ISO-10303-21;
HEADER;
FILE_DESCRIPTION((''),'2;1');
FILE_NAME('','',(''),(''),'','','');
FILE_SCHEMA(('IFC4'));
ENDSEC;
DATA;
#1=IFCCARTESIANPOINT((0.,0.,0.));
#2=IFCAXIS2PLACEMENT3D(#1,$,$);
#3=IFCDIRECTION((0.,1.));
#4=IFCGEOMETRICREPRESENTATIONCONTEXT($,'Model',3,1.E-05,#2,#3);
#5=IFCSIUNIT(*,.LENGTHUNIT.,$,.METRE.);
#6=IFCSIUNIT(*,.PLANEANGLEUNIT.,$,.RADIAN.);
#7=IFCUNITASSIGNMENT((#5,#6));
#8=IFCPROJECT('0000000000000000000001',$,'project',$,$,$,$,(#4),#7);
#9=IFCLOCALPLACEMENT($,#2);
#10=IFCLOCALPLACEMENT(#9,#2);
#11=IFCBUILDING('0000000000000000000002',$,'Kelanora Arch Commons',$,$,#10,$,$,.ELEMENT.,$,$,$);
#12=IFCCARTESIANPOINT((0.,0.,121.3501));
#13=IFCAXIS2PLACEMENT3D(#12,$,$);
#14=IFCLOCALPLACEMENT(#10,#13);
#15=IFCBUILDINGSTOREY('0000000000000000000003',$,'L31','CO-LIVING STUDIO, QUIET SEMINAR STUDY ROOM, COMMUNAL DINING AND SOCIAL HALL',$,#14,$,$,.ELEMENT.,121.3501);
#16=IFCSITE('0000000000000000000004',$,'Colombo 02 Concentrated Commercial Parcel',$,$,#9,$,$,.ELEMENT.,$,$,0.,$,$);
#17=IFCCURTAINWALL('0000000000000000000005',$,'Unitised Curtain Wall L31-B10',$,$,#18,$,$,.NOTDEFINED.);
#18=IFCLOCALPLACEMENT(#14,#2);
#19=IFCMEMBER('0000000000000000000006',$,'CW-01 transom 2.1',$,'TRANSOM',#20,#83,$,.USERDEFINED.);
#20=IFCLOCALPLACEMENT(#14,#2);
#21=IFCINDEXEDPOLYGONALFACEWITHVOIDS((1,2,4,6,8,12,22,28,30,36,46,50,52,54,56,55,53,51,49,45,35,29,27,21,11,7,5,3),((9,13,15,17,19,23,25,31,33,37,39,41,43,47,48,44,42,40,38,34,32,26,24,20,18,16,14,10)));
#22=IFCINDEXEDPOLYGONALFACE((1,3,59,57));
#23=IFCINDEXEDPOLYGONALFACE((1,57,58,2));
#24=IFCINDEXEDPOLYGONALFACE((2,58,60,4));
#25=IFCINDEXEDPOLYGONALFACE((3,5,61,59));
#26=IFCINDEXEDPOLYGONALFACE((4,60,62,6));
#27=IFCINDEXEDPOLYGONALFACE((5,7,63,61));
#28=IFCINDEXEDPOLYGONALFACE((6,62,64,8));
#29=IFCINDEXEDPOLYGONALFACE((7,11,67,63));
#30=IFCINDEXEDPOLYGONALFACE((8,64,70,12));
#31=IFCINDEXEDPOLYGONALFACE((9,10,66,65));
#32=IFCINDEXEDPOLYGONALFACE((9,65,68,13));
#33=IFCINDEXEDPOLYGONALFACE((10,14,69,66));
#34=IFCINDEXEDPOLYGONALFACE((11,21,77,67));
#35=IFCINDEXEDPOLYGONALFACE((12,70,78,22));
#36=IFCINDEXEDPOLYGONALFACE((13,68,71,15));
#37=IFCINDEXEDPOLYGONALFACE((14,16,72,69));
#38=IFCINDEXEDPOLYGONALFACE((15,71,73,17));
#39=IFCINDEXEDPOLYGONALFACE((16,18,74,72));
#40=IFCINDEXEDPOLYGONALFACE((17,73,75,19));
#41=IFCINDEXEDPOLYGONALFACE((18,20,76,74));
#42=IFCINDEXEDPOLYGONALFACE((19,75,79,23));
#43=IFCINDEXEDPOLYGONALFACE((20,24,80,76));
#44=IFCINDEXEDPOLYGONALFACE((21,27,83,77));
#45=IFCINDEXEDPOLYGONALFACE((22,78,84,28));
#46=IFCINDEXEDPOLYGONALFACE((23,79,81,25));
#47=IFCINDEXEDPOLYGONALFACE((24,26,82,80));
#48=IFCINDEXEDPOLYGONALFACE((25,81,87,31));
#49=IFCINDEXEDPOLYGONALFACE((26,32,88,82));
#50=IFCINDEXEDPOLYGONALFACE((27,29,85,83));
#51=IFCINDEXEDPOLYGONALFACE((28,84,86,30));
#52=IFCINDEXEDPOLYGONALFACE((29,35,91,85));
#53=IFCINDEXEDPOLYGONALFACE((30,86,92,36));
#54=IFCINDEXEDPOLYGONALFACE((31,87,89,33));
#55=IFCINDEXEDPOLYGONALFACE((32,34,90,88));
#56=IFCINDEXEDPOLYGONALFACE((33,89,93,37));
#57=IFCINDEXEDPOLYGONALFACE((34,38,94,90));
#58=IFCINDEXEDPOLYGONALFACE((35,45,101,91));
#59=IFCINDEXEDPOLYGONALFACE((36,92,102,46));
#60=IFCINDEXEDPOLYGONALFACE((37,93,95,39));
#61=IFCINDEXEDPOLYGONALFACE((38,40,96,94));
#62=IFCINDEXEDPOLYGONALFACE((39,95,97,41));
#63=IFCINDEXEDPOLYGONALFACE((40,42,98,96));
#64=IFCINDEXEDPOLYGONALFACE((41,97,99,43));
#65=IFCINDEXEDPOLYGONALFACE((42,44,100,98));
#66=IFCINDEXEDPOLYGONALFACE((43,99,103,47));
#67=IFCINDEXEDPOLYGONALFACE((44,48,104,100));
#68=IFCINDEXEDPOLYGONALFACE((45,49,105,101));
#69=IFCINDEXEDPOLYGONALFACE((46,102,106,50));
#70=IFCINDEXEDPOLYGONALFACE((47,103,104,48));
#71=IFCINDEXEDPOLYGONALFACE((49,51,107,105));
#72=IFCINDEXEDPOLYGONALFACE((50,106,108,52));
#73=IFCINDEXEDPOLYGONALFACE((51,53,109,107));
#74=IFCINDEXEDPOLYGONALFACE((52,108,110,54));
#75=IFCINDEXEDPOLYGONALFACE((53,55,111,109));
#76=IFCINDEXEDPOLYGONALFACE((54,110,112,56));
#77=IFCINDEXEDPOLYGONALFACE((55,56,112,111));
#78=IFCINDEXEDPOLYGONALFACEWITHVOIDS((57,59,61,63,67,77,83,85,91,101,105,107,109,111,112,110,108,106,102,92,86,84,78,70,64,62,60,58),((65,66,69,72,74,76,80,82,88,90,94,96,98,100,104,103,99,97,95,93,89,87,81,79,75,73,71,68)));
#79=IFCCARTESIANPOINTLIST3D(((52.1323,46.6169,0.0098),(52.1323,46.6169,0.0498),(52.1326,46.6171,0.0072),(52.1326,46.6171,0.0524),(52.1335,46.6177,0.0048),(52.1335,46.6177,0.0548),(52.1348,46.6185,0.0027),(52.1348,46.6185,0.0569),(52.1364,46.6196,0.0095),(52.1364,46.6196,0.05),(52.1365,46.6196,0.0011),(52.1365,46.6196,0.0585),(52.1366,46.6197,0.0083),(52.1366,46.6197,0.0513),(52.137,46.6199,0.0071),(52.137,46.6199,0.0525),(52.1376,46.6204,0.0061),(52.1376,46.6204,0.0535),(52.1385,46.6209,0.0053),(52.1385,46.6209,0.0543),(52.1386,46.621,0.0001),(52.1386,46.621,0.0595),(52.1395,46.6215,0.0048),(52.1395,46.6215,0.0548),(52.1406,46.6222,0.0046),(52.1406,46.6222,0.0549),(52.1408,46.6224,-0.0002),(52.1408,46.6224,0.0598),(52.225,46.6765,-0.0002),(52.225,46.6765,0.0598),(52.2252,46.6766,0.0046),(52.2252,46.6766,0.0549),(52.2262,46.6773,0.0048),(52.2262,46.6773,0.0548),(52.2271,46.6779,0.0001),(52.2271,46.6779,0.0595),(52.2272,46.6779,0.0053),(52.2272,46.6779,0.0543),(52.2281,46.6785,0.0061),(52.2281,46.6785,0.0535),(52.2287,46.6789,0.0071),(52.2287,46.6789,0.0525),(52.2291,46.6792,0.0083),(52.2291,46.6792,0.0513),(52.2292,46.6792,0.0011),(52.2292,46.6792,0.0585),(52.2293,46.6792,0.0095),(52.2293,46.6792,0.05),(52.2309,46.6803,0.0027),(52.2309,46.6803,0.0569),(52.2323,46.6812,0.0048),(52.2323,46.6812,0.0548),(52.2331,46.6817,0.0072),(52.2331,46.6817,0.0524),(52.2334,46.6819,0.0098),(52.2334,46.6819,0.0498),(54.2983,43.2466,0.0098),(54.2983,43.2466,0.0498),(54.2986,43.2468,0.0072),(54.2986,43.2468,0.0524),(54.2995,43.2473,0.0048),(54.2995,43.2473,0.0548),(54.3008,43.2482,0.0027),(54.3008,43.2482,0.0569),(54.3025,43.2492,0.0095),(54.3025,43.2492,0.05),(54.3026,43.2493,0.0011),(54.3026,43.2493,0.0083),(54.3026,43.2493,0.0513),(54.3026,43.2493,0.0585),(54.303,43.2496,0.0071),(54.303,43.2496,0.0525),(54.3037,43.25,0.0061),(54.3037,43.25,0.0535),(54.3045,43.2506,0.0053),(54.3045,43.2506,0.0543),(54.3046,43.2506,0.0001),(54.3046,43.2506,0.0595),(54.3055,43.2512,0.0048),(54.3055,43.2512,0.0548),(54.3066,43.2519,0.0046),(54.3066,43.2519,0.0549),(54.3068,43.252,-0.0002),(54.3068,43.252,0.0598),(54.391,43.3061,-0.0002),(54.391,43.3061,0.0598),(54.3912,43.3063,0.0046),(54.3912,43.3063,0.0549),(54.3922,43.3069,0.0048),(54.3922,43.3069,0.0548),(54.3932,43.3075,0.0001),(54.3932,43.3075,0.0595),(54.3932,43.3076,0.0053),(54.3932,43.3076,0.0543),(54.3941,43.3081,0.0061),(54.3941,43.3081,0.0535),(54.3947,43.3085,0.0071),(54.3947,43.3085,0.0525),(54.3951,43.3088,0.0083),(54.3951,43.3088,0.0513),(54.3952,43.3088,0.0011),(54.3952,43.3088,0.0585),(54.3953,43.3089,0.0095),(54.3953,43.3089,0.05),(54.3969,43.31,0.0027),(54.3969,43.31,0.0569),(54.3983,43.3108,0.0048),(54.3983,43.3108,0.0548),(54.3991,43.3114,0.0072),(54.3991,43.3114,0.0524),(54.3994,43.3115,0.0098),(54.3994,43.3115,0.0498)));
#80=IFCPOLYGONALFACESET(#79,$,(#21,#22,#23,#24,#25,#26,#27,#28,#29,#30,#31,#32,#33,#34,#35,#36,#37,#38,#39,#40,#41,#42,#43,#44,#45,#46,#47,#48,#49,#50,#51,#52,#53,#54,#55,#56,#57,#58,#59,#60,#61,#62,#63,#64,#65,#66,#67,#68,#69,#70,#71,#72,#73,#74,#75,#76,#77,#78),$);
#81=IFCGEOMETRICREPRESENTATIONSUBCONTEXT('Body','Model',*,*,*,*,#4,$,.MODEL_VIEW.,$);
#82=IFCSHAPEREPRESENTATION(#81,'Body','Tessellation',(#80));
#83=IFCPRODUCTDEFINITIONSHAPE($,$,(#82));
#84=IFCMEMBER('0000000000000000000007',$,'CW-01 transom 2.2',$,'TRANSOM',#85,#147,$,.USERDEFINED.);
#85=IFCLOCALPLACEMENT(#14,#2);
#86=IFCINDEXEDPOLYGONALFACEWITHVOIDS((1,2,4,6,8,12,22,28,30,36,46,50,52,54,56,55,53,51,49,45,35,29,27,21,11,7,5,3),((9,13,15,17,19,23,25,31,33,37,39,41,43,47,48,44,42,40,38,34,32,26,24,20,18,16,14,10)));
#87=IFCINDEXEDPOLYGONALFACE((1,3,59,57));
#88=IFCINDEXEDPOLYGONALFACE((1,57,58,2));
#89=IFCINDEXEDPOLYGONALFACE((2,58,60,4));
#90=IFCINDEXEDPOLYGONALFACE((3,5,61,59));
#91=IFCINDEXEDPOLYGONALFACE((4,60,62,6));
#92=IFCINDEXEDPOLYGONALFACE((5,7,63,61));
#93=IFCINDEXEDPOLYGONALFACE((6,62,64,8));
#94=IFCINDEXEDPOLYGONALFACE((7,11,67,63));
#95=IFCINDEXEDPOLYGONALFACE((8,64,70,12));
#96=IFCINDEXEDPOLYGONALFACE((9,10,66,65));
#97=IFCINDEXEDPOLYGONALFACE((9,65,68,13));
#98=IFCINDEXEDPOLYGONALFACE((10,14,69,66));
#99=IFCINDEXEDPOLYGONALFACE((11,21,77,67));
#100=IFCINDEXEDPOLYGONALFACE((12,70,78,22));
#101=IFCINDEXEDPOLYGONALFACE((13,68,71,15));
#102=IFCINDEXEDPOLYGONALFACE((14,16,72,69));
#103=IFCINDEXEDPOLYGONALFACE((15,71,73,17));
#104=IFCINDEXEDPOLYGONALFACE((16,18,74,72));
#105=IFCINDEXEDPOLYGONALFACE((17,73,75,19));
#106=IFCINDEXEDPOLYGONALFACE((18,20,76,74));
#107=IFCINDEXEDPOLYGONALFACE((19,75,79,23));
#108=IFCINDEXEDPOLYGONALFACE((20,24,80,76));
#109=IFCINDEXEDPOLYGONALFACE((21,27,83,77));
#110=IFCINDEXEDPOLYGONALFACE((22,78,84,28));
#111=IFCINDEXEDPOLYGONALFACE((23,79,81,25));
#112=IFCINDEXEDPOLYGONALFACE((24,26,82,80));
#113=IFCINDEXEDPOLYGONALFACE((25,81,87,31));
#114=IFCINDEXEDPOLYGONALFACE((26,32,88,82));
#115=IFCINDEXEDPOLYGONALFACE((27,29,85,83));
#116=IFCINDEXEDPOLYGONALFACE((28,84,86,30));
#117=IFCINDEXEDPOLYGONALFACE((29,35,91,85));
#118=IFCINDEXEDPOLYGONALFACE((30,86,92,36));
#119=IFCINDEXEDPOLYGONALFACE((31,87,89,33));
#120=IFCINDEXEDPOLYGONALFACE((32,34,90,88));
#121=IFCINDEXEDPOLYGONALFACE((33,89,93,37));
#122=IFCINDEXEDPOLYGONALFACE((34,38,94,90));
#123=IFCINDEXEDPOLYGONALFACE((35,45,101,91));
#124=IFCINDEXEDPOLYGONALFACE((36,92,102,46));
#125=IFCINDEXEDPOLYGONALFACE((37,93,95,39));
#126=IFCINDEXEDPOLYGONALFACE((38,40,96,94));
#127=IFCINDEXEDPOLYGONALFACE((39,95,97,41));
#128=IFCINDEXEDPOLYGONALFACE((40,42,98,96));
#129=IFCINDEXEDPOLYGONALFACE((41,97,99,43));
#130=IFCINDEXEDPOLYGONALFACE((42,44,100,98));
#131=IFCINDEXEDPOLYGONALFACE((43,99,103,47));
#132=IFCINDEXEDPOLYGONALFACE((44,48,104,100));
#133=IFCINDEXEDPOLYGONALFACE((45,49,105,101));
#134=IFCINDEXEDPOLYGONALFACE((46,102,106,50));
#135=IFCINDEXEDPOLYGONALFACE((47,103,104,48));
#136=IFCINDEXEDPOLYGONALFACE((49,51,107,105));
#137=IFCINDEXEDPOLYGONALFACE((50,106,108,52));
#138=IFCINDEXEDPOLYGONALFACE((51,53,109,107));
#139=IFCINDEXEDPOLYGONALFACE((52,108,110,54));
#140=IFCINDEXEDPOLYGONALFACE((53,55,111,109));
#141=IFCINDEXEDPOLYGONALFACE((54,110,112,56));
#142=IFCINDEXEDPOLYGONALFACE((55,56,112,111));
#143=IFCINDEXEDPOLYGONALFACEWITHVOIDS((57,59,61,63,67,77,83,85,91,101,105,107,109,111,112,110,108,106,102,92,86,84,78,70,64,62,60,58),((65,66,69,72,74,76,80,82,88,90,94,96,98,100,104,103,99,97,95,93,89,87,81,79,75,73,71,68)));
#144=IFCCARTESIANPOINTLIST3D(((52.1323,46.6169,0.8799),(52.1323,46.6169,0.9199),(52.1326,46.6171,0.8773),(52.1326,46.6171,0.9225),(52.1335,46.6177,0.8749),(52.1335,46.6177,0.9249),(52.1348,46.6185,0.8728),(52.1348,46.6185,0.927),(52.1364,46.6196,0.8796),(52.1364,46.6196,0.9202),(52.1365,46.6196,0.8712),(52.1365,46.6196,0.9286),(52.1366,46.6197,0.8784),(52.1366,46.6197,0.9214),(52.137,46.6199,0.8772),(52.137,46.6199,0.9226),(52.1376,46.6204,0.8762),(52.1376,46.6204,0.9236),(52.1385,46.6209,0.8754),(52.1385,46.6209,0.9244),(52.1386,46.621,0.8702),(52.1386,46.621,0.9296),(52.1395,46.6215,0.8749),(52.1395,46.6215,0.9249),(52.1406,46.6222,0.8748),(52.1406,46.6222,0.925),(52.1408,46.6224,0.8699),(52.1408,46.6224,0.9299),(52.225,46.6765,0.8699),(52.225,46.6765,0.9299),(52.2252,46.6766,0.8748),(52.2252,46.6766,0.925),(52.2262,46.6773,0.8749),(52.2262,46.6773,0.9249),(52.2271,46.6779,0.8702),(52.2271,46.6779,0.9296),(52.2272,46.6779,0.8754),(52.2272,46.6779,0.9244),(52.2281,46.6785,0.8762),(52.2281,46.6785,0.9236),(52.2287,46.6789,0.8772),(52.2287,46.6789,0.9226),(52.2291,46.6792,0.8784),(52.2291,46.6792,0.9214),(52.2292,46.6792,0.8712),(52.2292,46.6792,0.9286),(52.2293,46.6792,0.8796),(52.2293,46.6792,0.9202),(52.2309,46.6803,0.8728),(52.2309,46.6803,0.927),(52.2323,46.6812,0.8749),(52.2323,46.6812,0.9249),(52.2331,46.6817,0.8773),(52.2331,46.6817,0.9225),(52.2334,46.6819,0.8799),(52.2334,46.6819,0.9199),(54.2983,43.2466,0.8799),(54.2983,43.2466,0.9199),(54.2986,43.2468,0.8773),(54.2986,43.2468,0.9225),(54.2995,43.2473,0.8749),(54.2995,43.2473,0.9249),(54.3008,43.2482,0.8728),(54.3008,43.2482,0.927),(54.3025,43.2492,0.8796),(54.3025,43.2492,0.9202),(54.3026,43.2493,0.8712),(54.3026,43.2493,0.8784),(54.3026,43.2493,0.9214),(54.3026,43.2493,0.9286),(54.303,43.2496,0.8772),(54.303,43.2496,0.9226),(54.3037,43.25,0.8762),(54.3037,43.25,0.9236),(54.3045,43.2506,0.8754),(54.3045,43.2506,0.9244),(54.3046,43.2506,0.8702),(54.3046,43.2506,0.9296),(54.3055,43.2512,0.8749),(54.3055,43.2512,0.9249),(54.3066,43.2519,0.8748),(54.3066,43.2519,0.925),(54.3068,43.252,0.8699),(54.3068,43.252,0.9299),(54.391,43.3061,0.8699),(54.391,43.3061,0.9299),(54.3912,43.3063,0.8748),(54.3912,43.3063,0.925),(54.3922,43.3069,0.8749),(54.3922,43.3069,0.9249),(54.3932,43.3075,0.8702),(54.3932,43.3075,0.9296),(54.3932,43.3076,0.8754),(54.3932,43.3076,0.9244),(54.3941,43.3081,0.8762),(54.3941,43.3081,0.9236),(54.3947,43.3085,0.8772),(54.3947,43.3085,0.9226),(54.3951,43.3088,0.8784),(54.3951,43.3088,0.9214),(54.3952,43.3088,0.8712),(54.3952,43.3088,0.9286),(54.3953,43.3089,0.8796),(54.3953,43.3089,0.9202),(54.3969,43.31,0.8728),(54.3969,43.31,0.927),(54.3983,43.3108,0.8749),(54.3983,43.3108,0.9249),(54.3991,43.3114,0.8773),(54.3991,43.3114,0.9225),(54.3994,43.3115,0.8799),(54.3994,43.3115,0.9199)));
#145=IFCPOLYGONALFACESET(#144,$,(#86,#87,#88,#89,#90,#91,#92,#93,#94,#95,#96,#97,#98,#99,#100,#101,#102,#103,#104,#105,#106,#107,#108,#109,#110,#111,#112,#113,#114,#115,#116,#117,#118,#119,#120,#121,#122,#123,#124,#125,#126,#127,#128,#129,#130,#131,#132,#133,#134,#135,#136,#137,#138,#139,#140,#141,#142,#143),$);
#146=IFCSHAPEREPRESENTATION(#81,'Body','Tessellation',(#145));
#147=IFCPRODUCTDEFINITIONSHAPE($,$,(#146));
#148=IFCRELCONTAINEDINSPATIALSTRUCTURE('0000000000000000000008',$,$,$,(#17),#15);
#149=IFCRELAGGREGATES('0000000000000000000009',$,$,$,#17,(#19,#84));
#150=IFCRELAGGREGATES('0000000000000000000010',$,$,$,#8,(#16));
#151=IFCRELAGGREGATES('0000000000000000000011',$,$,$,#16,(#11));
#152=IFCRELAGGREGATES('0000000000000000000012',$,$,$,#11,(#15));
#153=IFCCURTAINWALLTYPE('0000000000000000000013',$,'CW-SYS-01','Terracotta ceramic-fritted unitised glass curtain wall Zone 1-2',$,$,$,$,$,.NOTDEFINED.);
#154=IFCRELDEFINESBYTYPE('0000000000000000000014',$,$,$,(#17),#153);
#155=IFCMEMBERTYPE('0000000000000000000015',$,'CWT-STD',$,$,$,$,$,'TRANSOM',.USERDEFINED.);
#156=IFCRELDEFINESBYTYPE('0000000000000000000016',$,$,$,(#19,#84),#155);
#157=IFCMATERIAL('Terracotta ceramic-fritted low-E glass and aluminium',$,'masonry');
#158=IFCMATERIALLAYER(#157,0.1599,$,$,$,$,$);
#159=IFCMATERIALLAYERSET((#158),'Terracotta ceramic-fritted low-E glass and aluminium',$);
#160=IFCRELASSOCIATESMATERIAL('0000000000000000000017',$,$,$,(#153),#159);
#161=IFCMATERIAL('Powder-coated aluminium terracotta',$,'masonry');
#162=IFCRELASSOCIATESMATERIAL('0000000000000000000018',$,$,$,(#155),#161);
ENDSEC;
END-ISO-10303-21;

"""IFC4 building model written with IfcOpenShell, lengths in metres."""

from ifc_helpers import new_model, si_unit, direction, frame, origin, origin_2d, place, context, subcontext, project, spatial, hollow_rectangle, extrude, material, layer, layer_set, material_profile, profile_set, type_object, element, aggregate, save


model = new_model("IFC4")

# Units and contexts
model_context = context("Model", 3, precision=1e-05, world=origin(), true_north=direction((0.0, 1.0)))
body_context = subcontext(model_context, "Body", "Model", "MODEL_VIEW")
ifc_project = project(units=[si_unit("LENGTHUNIT", "METRE"), si_unit("PLANEANGLEUNIT", "RADIAN")], contexts=[model_context])

# Site, building, storey
site_placement = place(None, origin())
site = spatial("IfcSite", under=ifc_project, at=site_placement, Name="Colombo 02 Concentrated Commercial Parcel", CompositionType="ELEMENT", RefElevation=0.0)
building_placement = place(site_placement, origin())
building = spatial("IfcBuilding", under=site, at=building_placement, Name="Kelanora Arch Commons", CompositionType="ELEMENT")
storey_placement = place(building_placement, frame((0.0, 0.0, 121.3501)))
storey = spatial("IfcBuildingStorey", under=building, at=storey_placement, Name="L31", Description="CO-LIVING STUDIO, QUIET SEMINAR STUDY ROOM, COMMUNAL DINING AND SOCIAL HALL", CompositionType="ELEMENT", Elevation=121.3501)

# Curtain wall, members
ifc_material_1 = material(Name="Terracotta ceramic-fritted low-E glass and aluminium", Category="masonry")
ifc_layer_1 = layer(ifc_material_1, 0.1599)
ifc_layer_set_1 = layer_set([ifc_layer_1], Name="Terracotta ceramic-fritted low-E glass and aluminium")
curtain_wall_type = type_object("IfcCurtainWallType", Name="CW-SYS-01", Description="Terracotta ceramic-fritted unitised glass curtain wall Zone 1-2", PredefinedType="NOTDEFINED", material=ifc_layer_set_1)
curtain_wall_placement = place(storey_placement, origin())
curtain_wall = element("IfcCurtainWall", 1, at=curtain_wall_placement, inside=storey, type_object=curtain_wall_type, Name="Unitised Curtain Wall L31-B10", PredefinedType="NOTDEFINED")
ifc_material_2 = material(Name="Powder-coated aluminium terracotta", Category="masonry")
ifc_material_profile_1 = material_profile(ifc_material_2, hollow_rectangle(XDim=0.1201, YDim=0.0601, WallThickness=0.0049, InnerFilletRadius=0.0049, OuterFilletRadius=0.01, at=origin_2d()), Name="CWT120x60")
ifc_profile_set_1 = profile_set([ifc_material_profile_1], Name="Powder-coated aluminium terracotta")
member_type_1 = type_object("IfcMemberType", Name="CWT-STD", ElementType="TRANSOM", PredefinedType="USERDEFINED", material=ifc_profile_set_1)
member_1_placement = place(storey_placement, frame((52.1829, 46.6494, 0.0298), z_axis=(0.540644, -0.841252, 0.0), x_axis=(0.841252, 0.540644, 0.0)))
member_1 = element("IfcMember", 2, at=member_1_placement, type_object=member_type_1, Name="CW-01 transom 2.1", ObjectType="TRANSOM", PredefinedType="USERDEFINED", context=body_context, shape_type="SweptSolid", body=[
    extrude(hollow_rectangle(XDim=0.1201, YDim=0.0601, WallThickness=0.0049, InnerFilletRadius=0.0049, OuterFilletRadius=0.01, at=origin_2d()), origin(), (0.0, 0.0, 1.0), 4.0063),
])
member_2_placement = place(storey_placement, frame((52.1829, 46.6494, 0.8999), z_axis=(0.540644, -0.841252, 0.0), x_axis=(0.841252, 0.540644, 0.0)))
member_2 = element("IfcMember", 3, at=member_2_placement, type_object=member_type_1, Name="CW-01 transom 2.2", ObjectType="TRANSOM", PredefinedType="USERDEFINED", context=body_context, shape_type="SweptSolid", body=[
    extrude(hollow_rectangle(XDim=0.1201, YDim=0.0601, WallThickness=0.0049, InnerFilletRadius=0.0049, OuterFilletRadius=0.01, at=origin_2d()), origin(), (0.0, 0.0, 1.0), 4.0063),
])

aggregate(curtain_wall, [member_1, member_2])

save(model, "model.ifc")
